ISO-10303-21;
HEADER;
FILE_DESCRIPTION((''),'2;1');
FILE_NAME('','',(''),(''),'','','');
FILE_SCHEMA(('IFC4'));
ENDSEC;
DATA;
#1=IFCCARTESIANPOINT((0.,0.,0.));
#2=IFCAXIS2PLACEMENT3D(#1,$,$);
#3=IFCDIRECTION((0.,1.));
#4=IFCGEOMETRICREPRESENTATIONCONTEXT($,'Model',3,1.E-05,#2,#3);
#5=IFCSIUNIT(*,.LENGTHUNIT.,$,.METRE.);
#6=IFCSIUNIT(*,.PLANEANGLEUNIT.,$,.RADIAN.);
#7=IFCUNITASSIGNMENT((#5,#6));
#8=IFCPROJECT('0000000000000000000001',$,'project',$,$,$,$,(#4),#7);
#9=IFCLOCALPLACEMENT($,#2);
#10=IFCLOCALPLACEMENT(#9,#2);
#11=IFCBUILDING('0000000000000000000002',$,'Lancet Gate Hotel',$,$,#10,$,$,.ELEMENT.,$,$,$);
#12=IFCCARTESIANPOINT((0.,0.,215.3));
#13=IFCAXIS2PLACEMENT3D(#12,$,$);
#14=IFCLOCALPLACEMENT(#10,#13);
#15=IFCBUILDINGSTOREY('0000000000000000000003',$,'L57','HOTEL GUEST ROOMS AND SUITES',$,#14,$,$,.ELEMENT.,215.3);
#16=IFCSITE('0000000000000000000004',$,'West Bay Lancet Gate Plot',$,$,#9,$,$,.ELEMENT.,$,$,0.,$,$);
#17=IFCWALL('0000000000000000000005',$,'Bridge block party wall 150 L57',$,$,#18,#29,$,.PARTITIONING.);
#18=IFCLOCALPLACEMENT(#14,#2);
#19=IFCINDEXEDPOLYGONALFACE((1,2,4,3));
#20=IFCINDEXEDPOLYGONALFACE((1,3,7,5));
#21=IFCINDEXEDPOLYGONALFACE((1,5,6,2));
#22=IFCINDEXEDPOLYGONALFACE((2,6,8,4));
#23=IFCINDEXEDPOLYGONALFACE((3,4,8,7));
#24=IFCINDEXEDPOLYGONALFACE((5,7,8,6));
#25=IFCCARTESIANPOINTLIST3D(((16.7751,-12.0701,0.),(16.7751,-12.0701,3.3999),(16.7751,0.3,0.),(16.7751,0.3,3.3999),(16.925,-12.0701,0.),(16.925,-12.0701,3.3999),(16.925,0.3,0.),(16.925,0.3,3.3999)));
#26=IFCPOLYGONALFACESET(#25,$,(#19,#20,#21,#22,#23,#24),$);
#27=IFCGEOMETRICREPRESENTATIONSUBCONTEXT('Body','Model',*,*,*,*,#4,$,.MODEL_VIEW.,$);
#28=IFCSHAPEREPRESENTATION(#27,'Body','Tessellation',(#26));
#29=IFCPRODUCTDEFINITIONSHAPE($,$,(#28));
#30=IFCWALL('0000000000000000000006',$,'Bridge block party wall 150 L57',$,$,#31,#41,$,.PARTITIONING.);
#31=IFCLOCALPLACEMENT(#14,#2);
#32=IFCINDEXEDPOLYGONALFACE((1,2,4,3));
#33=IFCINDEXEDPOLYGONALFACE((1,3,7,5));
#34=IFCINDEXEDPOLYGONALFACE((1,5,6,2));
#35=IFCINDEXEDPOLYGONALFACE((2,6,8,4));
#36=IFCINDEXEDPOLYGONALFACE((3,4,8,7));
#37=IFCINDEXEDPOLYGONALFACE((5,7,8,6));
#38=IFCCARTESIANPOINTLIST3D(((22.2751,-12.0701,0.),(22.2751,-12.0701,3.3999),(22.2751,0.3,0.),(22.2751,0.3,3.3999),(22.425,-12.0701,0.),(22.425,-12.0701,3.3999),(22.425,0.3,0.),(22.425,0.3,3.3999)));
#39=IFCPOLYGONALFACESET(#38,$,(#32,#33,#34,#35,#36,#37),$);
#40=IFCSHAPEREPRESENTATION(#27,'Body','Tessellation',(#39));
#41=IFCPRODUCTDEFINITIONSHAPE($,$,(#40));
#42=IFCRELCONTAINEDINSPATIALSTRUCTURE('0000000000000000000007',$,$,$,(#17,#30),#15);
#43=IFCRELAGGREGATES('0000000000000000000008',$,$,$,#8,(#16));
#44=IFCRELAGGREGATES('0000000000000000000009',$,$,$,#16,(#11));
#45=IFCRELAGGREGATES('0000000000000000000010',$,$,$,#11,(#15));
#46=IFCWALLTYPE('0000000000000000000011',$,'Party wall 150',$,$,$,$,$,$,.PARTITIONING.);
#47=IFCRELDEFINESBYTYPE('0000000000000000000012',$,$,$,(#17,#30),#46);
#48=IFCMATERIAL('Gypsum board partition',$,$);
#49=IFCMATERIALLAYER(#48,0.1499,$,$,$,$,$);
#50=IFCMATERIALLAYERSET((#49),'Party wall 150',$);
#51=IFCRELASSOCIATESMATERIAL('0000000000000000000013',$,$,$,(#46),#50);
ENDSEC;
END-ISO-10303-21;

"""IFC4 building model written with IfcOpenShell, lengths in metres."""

from ifc_helpers import new_model, si_unit, direction, frame, frame_2d, origin, place, context, subcontext, project, spatial, rectangle, extrude, material, layer, layer_set, type_object, element, save


model = new_model("IFC4")

# Units and contexts
model_context = context("Model", 3, precision=1e-05, world=origin(), true_north=direction((0.0, 1.0)))
body_context = subcontext(model_context, "Body", "Model", "MODEL_VIEW")
ifc_project = project(units=[si_unit("LENGTHUNIT", "METRE"), si_unit("PLANEANGLEUNIT", "RADIAN")], contexts=[model_context])

# Site, building, storey
site_placement = place(None, origin())
site = spatial("IfcSite", under=ifc_project, at=site_placement, Name="West Bay Lancet Gate Plot", CompositionType="ELEMENT", RefElevation=0.0)
building_placement = place(site_placement, origin())
building = spatial("IfcBuilding", under=site, at=building_placement, Name="Lancet Gate Hotel", CompositionType="ELEMENT")
storey_placement = place(building_placement, frame((0.0, 0.0, 215.3)))
storey = spatial("IfcBuildingStorey", under=building, at=storey_placement, Name="L57", Description="HOTEL GUEST ROOMS AND SUITES", CompositionType="ELEMENT", Elevation=215.3)

# Walls
ifc_material_1 = material(Name="Gypsum board partition")
ifc_layer_1 = layer(ifc_material_1, 0.1499)
ifc_layer_set_1 = layer_set([ifc_layer_1], Name="Party wall 150")
wall_type_1 = type_object("IfcWallType", Name="Party wall 150", PredefinedType="PARTITIONING", material=ifc_layer_set_1)
for number, where, z_axis, x_axis, name in (
    (1, (16.8501, -12.0701, 0.0), (0.0, 0.0, 1.0), (0.0, 1.0, 0.0), "Bridge block party wall 150 L57"),
    (2, (22.3501, -12.0701, 0.0), (0.0, 0.0, 1.0), (0.0, 1.0, 0.0), "Bridge block party wall 150 L57"),
):
    element("IfcWall", number, at=place(storey_placement, frame(where, z_axis=z_axis, x_axis=x_axis)), inside=storey, type_object=wall_type_1, Name=name, PredefinedType="PARTITIONING", context=body_context, shape_type="SweptSolid", body=[
        extrude(rectangle(XDim=12.3701, YDim=0.1499, at=frame_2d((6.1851, 0.0))), origin(), (0.0, 0.0, 1.0), 3.3999),
    ])

save(model, "model.ifc")
